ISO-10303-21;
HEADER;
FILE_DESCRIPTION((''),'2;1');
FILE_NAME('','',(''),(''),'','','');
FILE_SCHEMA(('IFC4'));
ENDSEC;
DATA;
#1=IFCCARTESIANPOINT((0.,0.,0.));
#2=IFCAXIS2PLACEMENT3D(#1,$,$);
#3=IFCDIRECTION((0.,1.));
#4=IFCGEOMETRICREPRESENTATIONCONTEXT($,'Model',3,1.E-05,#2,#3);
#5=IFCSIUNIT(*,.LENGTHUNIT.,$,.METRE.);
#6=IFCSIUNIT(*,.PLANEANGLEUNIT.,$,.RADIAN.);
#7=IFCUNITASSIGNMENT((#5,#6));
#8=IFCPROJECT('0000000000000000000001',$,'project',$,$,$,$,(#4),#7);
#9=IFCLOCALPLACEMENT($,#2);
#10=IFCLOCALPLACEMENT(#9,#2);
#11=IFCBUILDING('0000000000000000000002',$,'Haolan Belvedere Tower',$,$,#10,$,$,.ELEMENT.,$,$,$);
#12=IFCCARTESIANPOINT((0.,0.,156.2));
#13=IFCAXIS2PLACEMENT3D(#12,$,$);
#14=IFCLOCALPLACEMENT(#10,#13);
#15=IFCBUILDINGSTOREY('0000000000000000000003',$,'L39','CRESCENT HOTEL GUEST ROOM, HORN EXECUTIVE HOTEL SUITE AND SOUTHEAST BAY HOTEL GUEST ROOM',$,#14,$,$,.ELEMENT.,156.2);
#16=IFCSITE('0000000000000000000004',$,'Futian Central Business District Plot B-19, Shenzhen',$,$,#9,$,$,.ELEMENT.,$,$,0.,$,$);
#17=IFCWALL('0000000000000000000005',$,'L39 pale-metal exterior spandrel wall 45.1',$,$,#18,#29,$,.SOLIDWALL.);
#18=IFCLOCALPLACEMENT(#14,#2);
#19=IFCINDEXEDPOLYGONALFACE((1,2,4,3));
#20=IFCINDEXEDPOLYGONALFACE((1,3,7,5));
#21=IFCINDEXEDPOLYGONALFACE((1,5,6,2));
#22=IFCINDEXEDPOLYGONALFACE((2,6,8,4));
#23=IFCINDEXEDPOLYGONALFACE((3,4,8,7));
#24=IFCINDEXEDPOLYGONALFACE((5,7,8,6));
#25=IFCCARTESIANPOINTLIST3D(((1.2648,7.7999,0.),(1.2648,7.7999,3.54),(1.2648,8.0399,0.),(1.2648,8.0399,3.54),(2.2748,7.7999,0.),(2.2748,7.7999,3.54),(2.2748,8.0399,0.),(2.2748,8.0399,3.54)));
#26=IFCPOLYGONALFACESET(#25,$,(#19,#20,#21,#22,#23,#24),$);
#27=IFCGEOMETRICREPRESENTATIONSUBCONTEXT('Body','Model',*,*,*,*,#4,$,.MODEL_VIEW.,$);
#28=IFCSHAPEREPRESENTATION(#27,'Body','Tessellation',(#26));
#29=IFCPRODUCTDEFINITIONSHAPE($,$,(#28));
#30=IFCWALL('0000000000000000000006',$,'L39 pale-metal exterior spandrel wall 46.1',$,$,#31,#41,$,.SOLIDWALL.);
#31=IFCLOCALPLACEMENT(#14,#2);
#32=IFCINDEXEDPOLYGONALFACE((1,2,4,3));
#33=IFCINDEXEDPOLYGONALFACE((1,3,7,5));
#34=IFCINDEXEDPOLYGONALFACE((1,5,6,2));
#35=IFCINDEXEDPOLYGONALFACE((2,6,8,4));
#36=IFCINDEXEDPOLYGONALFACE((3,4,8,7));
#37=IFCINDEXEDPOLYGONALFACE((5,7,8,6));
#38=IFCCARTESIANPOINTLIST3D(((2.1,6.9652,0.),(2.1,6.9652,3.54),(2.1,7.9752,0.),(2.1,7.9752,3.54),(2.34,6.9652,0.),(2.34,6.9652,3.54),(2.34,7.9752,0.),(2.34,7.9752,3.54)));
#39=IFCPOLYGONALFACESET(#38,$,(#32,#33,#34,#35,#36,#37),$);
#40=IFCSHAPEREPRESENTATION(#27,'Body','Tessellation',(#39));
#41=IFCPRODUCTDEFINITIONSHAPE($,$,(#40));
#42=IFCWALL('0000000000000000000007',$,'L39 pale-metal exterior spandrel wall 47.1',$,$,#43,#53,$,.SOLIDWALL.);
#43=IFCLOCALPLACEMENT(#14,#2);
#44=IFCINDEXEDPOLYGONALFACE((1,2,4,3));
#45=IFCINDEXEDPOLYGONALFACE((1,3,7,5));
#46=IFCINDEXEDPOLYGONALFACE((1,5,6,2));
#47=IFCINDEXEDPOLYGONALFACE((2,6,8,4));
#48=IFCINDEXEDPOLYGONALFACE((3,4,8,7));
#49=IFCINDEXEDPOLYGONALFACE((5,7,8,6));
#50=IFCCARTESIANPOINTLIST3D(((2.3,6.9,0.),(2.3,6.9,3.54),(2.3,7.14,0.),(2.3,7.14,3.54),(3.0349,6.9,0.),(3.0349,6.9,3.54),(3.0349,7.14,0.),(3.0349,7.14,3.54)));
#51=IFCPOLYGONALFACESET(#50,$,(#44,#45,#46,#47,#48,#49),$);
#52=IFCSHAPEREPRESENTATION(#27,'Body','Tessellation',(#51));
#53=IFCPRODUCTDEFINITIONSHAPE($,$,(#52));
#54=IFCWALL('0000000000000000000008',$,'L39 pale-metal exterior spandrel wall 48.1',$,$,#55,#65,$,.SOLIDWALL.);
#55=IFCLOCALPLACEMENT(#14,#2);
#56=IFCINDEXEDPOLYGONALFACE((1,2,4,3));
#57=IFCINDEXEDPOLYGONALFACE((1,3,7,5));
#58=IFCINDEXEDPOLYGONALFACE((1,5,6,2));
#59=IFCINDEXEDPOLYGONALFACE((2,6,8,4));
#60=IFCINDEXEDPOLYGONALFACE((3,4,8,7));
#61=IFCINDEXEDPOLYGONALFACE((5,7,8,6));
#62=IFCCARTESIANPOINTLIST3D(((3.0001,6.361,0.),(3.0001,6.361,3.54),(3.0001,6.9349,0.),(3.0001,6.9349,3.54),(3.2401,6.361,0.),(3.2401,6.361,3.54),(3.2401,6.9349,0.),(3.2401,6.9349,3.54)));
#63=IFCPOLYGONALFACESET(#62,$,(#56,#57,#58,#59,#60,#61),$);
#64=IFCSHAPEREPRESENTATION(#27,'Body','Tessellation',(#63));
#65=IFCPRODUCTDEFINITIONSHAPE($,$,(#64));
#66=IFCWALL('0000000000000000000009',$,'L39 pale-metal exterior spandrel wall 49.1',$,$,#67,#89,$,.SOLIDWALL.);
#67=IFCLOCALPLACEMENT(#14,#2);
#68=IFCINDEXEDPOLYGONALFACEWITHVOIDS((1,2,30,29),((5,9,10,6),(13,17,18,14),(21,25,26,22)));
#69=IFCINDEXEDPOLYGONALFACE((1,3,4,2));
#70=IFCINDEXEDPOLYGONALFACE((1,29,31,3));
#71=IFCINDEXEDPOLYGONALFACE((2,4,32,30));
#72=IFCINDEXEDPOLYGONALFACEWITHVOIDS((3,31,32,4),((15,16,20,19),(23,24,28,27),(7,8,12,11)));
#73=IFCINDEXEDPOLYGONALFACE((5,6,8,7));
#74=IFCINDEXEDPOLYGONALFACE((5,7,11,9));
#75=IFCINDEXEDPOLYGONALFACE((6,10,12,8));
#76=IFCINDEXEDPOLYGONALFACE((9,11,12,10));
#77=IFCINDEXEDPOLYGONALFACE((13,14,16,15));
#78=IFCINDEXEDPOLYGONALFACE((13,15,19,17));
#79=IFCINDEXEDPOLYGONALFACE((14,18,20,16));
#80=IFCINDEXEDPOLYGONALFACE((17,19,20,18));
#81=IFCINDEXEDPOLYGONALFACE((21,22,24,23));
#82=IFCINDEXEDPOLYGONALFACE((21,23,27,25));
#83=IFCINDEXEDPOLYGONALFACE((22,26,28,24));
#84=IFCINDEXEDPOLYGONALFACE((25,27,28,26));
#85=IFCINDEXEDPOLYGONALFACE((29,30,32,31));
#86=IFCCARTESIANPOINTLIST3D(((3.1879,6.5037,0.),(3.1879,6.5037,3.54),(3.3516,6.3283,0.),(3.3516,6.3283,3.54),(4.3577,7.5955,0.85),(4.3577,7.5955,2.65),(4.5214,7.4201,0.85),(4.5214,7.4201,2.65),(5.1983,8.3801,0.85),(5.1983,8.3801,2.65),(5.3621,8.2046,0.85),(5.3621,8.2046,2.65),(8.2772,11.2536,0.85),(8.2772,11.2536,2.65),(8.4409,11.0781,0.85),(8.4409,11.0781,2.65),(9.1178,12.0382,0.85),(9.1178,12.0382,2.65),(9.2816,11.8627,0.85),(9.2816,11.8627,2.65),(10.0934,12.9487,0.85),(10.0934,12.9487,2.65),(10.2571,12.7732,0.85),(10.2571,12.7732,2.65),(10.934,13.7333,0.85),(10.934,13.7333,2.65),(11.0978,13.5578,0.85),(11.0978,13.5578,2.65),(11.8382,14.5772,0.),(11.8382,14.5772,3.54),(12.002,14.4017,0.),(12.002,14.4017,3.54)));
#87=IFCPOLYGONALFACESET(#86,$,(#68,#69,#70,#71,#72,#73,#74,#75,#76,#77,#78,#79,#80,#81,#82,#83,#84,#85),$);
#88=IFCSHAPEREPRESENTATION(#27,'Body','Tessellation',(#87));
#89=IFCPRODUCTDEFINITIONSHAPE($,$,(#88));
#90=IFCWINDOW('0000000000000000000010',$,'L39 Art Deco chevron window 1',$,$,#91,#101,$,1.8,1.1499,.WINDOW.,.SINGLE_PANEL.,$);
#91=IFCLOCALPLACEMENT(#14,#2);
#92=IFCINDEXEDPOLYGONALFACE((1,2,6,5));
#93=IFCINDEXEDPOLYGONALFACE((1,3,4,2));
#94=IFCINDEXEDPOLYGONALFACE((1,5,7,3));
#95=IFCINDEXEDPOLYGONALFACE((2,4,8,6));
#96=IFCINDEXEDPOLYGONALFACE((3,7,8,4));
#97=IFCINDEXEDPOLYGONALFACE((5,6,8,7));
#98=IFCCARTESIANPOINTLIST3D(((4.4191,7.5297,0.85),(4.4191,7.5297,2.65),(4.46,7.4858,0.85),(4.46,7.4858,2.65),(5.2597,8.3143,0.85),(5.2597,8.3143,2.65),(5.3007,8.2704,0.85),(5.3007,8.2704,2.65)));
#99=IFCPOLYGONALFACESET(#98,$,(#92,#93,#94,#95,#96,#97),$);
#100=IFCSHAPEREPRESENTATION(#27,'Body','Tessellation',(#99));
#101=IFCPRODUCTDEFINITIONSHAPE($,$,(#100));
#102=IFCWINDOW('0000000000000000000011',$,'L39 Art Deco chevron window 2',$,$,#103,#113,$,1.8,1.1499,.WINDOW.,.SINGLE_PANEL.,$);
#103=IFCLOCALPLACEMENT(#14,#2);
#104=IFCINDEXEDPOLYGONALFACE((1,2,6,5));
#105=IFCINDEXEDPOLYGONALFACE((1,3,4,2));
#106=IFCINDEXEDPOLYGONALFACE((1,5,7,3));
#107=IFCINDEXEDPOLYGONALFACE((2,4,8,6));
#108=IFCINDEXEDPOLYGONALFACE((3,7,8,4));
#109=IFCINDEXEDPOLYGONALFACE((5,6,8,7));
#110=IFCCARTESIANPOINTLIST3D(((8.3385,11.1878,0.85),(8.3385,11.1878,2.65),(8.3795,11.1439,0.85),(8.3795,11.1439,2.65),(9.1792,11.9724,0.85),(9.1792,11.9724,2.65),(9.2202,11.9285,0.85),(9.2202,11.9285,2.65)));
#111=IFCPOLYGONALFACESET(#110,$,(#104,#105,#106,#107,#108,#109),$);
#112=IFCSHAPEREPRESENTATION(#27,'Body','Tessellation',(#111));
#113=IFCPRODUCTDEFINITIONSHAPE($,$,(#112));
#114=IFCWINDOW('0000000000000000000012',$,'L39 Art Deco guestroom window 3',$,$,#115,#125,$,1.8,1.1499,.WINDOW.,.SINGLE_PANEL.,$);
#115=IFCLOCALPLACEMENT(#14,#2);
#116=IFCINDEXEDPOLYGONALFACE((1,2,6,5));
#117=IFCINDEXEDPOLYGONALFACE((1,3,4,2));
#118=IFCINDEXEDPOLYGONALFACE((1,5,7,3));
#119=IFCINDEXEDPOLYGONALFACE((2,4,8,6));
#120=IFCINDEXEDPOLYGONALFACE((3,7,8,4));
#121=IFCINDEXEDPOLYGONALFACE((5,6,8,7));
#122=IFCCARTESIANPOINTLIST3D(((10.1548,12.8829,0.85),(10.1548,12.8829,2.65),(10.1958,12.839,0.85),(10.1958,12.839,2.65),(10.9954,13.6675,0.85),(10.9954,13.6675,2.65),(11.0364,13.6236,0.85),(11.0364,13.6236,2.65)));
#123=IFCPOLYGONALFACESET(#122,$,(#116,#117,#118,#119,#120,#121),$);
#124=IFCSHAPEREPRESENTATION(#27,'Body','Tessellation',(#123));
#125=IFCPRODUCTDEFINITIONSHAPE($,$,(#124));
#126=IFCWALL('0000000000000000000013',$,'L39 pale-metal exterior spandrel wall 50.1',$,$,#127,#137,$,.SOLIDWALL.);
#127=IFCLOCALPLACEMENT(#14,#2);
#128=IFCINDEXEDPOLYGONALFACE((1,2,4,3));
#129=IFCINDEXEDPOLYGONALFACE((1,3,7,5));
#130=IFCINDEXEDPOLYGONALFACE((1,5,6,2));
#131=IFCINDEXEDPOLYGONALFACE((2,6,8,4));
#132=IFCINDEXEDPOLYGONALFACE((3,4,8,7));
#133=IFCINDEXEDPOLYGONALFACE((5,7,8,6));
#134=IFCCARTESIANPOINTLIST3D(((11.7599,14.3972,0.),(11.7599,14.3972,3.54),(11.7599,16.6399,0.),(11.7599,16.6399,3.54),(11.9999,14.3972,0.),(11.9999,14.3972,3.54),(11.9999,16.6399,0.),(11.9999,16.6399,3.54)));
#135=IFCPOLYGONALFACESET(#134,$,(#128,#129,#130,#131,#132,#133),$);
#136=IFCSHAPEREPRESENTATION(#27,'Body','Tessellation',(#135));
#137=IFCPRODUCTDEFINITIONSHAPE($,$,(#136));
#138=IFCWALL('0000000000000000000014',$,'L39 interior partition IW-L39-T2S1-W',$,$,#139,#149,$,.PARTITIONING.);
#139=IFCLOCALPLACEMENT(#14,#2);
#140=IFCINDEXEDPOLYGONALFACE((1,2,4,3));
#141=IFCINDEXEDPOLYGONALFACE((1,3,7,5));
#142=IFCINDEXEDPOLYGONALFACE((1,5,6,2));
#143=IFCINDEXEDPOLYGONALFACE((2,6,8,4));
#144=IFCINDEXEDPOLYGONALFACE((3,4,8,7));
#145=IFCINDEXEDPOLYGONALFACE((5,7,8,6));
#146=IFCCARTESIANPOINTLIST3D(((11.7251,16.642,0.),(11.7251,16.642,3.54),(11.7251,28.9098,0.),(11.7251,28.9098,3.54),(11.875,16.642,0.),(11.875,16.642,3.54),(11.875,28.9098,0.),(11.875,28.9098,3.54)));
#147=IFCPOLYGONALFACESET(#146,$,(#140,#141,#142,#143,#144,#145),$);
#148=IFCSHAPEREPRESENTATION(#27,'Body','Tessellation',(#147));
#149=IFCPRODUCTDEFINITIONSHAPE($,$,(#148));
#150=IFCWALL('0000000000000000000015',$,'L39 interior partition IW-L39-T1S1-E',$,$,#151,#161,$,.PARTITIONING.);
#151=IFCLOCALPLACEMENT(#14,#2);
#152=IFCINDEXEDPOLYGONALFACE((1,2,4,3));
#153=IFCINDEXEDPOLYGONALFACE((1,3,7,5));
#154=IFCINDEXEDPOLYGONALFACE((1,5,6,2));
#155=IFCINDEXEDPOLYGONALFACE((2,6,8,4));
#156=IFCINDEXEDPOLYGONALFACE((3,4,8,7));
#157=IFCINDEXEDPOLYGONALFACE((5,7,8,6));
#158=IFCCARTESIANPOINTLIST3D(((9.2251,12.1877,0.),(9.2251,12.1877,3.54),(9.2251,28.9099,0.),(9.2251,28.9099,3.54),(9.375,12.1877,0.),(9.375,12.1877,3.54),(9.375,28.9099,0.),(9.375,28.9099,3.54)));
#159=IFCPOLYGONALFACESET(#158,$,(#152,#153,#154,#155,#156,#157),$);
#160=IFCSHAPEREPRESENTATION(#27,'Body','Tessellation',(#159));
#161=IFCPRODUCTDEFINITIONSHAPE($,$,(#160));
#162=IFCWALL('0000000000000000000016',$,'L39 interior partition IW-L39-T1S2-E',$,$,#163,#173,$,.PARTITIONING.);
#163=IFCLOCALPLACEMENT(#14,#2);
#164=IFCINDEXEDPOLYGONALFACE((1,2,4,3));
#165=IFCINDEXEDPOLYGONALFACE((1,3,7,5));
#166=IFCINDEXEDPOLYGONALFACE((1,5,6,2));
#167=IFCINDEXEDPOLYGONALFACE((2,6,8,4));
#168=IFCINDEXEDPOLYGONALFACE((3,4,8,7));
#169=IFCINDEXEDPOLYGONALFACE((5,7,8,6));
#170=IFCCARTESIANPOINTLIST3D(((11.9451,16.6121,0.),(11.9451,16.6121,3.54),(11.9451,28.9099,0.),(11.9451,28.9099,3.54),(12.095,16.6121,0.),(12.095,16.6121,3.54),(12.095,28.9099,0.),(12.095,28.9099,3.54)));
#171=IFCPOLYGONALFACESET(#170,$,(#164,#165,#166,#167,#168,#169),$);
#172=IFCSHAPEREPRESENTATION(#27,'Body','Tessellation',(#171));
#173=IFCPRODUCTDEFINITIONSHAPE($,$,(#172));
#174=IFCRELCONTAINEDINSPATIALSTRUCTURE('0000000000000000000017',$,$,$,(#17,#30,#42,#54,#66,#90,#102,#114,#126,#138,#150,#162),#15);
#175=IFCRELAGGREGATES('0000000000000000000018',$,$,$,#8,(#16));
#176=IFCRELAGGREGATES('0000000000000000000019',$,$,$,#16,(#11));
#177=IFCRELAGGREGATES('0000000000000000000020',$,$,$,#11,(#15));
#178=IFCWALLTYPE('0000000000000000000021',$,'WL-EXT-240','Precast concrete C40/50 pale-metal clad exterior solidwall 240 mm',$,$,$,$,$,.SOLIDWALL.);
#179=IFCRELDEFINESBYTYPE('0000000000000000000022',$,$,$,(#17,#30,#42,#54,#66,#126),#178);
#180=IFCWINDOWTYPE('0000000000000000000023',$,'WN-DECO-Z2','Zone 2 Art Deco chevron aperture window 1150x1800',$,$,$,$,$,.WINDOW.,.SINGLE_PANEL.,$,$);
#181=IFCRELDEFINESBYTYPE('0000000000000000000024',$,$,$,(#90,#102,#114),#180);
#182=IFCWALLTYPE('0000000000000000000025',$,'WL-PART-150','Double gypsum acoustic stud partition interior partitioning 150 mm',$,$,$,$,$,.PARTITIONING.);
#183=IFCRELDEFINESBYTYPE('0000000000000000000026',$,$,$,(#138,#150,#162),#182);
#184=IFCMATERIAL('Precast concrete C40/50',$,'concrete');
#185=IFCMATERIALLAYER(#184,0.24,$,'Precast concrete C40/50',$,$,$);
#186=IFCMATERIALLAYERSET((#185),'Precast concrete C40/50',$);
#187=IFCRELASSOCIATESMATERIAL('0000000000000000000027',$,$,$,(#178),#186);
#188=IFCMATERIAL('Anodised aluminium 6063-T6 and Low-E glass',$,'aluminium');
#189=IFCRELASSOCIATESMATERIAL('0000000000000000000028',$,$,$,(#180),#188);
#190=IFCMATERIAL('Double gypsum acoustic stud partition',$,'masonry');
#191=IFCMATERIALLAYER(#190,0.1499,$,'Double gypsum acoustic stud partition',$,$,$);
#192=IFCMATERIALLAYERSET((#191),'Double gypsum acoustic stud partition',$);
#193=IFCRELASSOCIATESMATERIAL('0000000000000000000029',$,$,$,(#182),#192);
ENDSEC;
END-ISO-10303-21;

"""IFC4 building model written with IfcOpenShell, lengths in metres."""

from ifc_helpers import new_model, si_unit, direction, frame, frame_2d, origin, place, context, subcontext, project, spatial, rectangle, extrude, material, layer, layer_set, type_object, element, fill, save


model = new_model("IFC4")

# Units and contexts
model_context = context("Model", 3, precision=1e-05, world=origin(), true_north=direction((0.0, 1.0)))
body_context = subcontext(model_context, "Body", "Model", "MODEL_VIEW")
ifc_project = project(units=[si_unit("LENGTHUNIT", "METRE"), si_unit("PLANEANGLEUNIT", "RADIAN")], contexts=[model_context])

# Site, building, storey
site_placement = place(None, origin())
site = spatial("IfcSite", under=ifc_project, at=site_placement, Name="Futian Central Business District Plot B-19, Shenzhen", CompositionType="ELEMENT", RefElevation=0.0)
building_placement = place(site_placement, origin())
building = spatial("IfcBuilding", under=site, at=building_placement, Name="Haolan Belvedere Tower", CompositionType="ELEMENT")
storey_placement = place(building_placement, frame((0.0, 0.0, 156.2)))
storey = spatial("IfcBuildingStorey", under=building, at=storey_placement, Name="L39", Description="CRESCENT HOTEL GUEST ROOM, HORN EXECUTIVE HOTEL SUITE AND SOUTHEAST BAY HOTEL GUEST ROOM", CompositionType="ELEMENT", Elevation=156.2)

# Walls
ifc_material_1 = material(Name="Precast concrete C40/50", Category="concrete")
ifc_layer_1 = layer(ifc_material_1, 0.24, Name="Precast concrete C40/50")
ifc_layer_set_1 = layer_set([ifc_layer_1], Name="Precast concrete C40/50")
wall_type_1 = type_object("IfcWallType", Name="WL-EXT-240", Description="Precast concrete C40/50 pale-metal clad exterior solidwall 240 mm", PredefinedType="SOLIDWALL", material=ifc_layer_set_1)
for number, where, z_axis, x_axis, name in (
    (1, (1.2649, 7.9199, 0.0), (0.0, 0.0, 1.0), (1.0, 0.0, 0.0), "L39 pale-metal exterior spandrel wall 45.1"),
    (2, (2.22, 7.9751, 0.0), (0.0, 0.0, 1.0), (0.0, -1.0, 0.0), "L39 pale-metal exterior spandrel wall 46.1"),
):
    element("IfcWall", number, at=place(storey_placement, frame(where, z_axis=z_axis, x_axis=x_axis)), inside=storey, type_object=wall_type_1, Name=name, PredefinedType="SOLIDWALL", context=body_context, shape_type="SweptSolid", body=[
        extrude(rectangle(XDim=1.01, YDim=0.24, at=frame_2d((0.5049, 0.0))), origin(), (0.0, 0.0, 1.0), 3.54),
    ])
wall_1_placement = place(storey_placement, frame((2.3, 7.02, 0.0), z_axis=(0.0, 0.0, 1.0), x_axis=(1.0, 0.0, 0.0)))
element("IfcWall", 3, at=wall_1_placement, inside=storey, type_object=wall_type_1, Name="L39 pale-metal exterior spandrel wall 47.1", PredefinedType="SOLIDWALL", context=body_context, shape_type="SweptSolid", body=[
    extrude(rectangle(XDim=0.7349, YDim=0.24, at=frame_2d((0.3674, 0.0))), origin(), (0.0, 0.0, 1.0), 3.54),
])
wall_2_placement = place(storey_placement, frame((3.1201, 6.9351, 0.0), z_axis=(0.0, 0.0, 1.0), x_axis=(0.0, -1.0, 0.0)))
element("IfcWall", 4, at=wall_2_placement, inside=storey, type_object=wall_type_1, Name="L39 pale-metal exterior spandrel wall 48.1", PredefinedType="SOLIDWALL", context=body_context, shape_type="SweptSolid", body=[
    extrude(rectangle(XDim=0.574, YDim=0.24, at=frame_2d((0.2871, 0.0))), origin(), (0.0, 0.0, 1.0), 3.54),
])

# Wall, openings, windows
wall_3_placement = place(storey_placement, frame((3.2698, 6.416, 0.0), z_axis=(0.0, 0.0, 1.0), x_axis=(0.731064, 0.682309, 0.0)))
wall_3 = element("IfcWall", 5, at=wall_3_placement, inside=storey, type_object=wall_type_1, Name="L39 pale-metal exterior spandrel wall 49.1", PredefinedType="SOLIDWALL", context=body_context, shape_type="SweptSolid", body=[
    extrude(rectangle(XDim=11.8325, YDim=0.24, at=frame_2d((5.9163, 0.0))), origin(), (0.0, 0.0, 1.0), 3.54),
])
opening_1_placement = place(wall_3_placement, frame((1.6001, 0.0, 0.8501)))
opening_1 = element("IfcOpeningElement", 6, at=opening_1_placement, cuts=wall_3, PredefinedType="OPENING", context=body_context, shape_type="SweptSolid", body=[
    extrude(rectangle(XDim=1.1499, YDim=1.8, at=frame_2d((0.575, 0.8999))), frame((0.0, 0.1299, 0.0), z_axis=(0.0, -1.0, 0.0), x_axis=(1.0, 0.0, 0.0)), (0.0, 0.0, 1.0), 0.26),
])
opening_2_placement = place(wall_3_placement, frame((6.9614, 0.0, 0.8501)))
opening_2 = element("IfcOpeningElement", 7, at=opening_2_placement, cuts=wall_3, PredefinedType="OPENING", context=body_context, shape_type="SweptSolid", body=[
    extrude(rectangle(XDim=1.1499, YDim=1.8, at=frame_2d((0.575, 0.8999))), frame((0.0, 0.1299, 0.0), z_axis=(0.0, -1.0, 0.0), x_axis=(1.0, 0.0, 0.0)), (0.0, 0.0, 1.0), 0.26),
])
opening_3_placement = place(wall_3_placement, frame((9.4458, 0.0, 0.8501)))
opening_3 = element("IfcOpeningElement", 8, at=opening_3_placement, cuts=wall_3, PredefinedType="OPENING", context=body_context, shape_type="SweptSolid", body=[
    extrude(rectangle(XDim=1.1499, YDim=1.8, at=frame_2d((0.575, 0.8999))), frame((0.0, 0.1299, 0.0), z_axis=(0.0, -1.0, 0.0), x_axis=(1.0, 0.0, 0.0)), (0.0, 0.0, 1.0), 0.26),
])
ifc_material_2 = material(Name="Anodised aluminium 6063-T6 and Low-E glass", Category="aluminium")
window_type = type_object("IfcWindowType", Name="WN-DECO-Z2", Description="Zone 2 Art Deco chevron aperture window 1150x1800", PartitioningType="SINGLE_PANEL", PredefinedType="WINDOW", material=ifc_material_2)
window_1_placement = place(opening_1_placement, origin())
window_1 = element("IfcWindow", 9, at=window_1_placement, inside=storey, type_object=window_type, Name="L39 Art Deco chevron window 1", OverallHeight=1.8, OverallWidth=1.1499, PartitioningType="SINGLE_PANEL", PredefinedType="WINDOW", context=body_context, shape_type="SweptSolid", body=[
    extrude(rectangle(XDim=1.1499, YDim=1.8, at=frame_2d((0.575, 0.8999))), frame((0.0, 0.03, 0.0), z_axis=(0.0, -1.0, 0.0), x_axis=(1.0, 0.0, 0.0)), (0.0, 0.0, 1.0), 0.0601),
])
fill(opening_1, window_1)
window_2_placement = place(opening_2_placement, origin())
window_2 = element("IfcWindow", 10, at=window_2_placement, inside=storey, type_object=window_type, Name="L39 Art Deco chevron window 2", OverallHeight=1.8, OverallWidth=1.1499, PartitioningType="SINGLE_PANEL", PredefinedType="WINDOW", context=body_context, shape_type="SweptSolid", body=[
    extrude(rectangle(XDim=1.1499, YDim=1.8, at=frame_2d((0.575, 0.8999))), frame((0.0, 0.03, 0.0), z_axis=(0.0, -1.0, 0.0), x_axis=(1.0, 0.0, 0.0)), (0.0, 0.0, 1.0), 0.0601),
])
fill(opening_2, window_2)
window_3_placement = place(opening_3_placement, origin())
window_3 = element("IfcWindow", 11, at=window_3_placement, inside=storey, type_object=window_type, Name="L39 Art Deco guestroom window 3", OverallHeight=1.8, OverallWidth=1.1499, PartitioningType="SINGLE_PANEL", PredefinedType="WINDOW", context=body_context, shape_type="SweptSolid", body=[
    extrude(rectangle(XDim=1.1499, YDim=1.8, at=frame_2d((0.575, 0.8999))), frame((0.0, 0.03, 0.0), z_axis=(0.0, -1.0, 0.0), x_axis=(1.0, 0.0, 0.0)), (0.0, 0.0, 1.0), 0.0601),
])
fill(opening_3, window_3)

# Walls
wall_4_placement = place(storey_placement, frame((11.8799, 14.3972, 0.0), z_axis=(0.0, 0.0, 1.0), x_axis=(0.0, 1.0, 0.0)))
element("IfcWall", 12, at=wall_4_placement, inside=storey, type_object=wall_type_1, Name="L39 pale-metal exterior spandrel wall 50.1", PredefinedType="SOLIDWALL", context=body_context, shape_type="SweptSolid", body=[
    extrude(rectangle(XDim=2.2427, YDim=0.24, at=frame_2d((1.1213, 0.0))), origin(), (0.0, 0.0, 1.0), 3.54),
])
ifc_material_3 = material(Name="Double gypsum acoustic stud partition", Category="masonry")
ifc_layer_2 = layer(ifc_material_3, 0.1499, Name="Double gypsum acoustic stud partition")
ifc_layer_set_2 = layer_set([ifc_layer_2], Name="Double gypsum acoustic stud partition")
wall_type_2 = type_object("IfcWallType", Name="WL-PART-150", Description="Double gypsum acoustic stud partition interior partitioning 150 mm", PredefinedType="PARTITIONING", material=ifc_layer_set_2)
wall_5_placement = place(storey_placement, frame((11.8, 16.6421, 0.0), z_axis=(0.0, 0.0, 1.0), x_axis=(0.0, 1.0, 0.0)))
element("IfcWall", 13, at=wall_5_placement, inside=storey, type_object=wall_type_2, Name="L39 interior partition IW-L39-T2S1-W", PredefinedType="PARTITIONING", context=body_context, shape_type="SweptSolid", body=[
    extrude(rectangle(XDim=12.2678, YDim=0.1499, at=frame_2d((6.1338, 0.0))), origin(), (0.0, 0.0, 1.0), 3.54),
])
wall_6_placement = place(storey_placement, frame((9.3, 12.1877, 0.0), z_axis=(0.0, 0.0, 1.0), x_axis=(0.0, 1.0, 0.0)))
element("IfcWall", 14, at=wall_6_placement, inside=storey, type_object=wall_type_2, Name="L39 interior partition IW-L39-T1S1-E", PredefinedType="PARTITIONING", context=body_context, shape_type="SweptSolid", body=[
    extrude(rectangle(XDim=16.7222, YDim=0.1499, at=frame_2d((8.3611, 0.0))), origin(), (0.0, 0.0, 1.0), 3.54),
])
wall_7_placement = place(storey_placement, frame((12.02, 16.6121, 0.0), z_axis=(0.0, 0.0, 1.0), x_axis=(0.0, 1.0, 0.0)))
element("IfcWall", 15, at=wall_7_placement, inside=storey, type_object=wall_type_2, Name="L39 interior partition IW-L39-T1S2-E", PredefinedType="PARTITIONING", context=body_context, shape_type="SweptSolid", body=[
    extrude(rectangle(XDim=12.2979, YDim=0.1499, at=frame_2d((6.1489, 0.0))), origin(), (0.0, 0.0, 1.0), 3.54),
])

save(model, "model.ifc")
